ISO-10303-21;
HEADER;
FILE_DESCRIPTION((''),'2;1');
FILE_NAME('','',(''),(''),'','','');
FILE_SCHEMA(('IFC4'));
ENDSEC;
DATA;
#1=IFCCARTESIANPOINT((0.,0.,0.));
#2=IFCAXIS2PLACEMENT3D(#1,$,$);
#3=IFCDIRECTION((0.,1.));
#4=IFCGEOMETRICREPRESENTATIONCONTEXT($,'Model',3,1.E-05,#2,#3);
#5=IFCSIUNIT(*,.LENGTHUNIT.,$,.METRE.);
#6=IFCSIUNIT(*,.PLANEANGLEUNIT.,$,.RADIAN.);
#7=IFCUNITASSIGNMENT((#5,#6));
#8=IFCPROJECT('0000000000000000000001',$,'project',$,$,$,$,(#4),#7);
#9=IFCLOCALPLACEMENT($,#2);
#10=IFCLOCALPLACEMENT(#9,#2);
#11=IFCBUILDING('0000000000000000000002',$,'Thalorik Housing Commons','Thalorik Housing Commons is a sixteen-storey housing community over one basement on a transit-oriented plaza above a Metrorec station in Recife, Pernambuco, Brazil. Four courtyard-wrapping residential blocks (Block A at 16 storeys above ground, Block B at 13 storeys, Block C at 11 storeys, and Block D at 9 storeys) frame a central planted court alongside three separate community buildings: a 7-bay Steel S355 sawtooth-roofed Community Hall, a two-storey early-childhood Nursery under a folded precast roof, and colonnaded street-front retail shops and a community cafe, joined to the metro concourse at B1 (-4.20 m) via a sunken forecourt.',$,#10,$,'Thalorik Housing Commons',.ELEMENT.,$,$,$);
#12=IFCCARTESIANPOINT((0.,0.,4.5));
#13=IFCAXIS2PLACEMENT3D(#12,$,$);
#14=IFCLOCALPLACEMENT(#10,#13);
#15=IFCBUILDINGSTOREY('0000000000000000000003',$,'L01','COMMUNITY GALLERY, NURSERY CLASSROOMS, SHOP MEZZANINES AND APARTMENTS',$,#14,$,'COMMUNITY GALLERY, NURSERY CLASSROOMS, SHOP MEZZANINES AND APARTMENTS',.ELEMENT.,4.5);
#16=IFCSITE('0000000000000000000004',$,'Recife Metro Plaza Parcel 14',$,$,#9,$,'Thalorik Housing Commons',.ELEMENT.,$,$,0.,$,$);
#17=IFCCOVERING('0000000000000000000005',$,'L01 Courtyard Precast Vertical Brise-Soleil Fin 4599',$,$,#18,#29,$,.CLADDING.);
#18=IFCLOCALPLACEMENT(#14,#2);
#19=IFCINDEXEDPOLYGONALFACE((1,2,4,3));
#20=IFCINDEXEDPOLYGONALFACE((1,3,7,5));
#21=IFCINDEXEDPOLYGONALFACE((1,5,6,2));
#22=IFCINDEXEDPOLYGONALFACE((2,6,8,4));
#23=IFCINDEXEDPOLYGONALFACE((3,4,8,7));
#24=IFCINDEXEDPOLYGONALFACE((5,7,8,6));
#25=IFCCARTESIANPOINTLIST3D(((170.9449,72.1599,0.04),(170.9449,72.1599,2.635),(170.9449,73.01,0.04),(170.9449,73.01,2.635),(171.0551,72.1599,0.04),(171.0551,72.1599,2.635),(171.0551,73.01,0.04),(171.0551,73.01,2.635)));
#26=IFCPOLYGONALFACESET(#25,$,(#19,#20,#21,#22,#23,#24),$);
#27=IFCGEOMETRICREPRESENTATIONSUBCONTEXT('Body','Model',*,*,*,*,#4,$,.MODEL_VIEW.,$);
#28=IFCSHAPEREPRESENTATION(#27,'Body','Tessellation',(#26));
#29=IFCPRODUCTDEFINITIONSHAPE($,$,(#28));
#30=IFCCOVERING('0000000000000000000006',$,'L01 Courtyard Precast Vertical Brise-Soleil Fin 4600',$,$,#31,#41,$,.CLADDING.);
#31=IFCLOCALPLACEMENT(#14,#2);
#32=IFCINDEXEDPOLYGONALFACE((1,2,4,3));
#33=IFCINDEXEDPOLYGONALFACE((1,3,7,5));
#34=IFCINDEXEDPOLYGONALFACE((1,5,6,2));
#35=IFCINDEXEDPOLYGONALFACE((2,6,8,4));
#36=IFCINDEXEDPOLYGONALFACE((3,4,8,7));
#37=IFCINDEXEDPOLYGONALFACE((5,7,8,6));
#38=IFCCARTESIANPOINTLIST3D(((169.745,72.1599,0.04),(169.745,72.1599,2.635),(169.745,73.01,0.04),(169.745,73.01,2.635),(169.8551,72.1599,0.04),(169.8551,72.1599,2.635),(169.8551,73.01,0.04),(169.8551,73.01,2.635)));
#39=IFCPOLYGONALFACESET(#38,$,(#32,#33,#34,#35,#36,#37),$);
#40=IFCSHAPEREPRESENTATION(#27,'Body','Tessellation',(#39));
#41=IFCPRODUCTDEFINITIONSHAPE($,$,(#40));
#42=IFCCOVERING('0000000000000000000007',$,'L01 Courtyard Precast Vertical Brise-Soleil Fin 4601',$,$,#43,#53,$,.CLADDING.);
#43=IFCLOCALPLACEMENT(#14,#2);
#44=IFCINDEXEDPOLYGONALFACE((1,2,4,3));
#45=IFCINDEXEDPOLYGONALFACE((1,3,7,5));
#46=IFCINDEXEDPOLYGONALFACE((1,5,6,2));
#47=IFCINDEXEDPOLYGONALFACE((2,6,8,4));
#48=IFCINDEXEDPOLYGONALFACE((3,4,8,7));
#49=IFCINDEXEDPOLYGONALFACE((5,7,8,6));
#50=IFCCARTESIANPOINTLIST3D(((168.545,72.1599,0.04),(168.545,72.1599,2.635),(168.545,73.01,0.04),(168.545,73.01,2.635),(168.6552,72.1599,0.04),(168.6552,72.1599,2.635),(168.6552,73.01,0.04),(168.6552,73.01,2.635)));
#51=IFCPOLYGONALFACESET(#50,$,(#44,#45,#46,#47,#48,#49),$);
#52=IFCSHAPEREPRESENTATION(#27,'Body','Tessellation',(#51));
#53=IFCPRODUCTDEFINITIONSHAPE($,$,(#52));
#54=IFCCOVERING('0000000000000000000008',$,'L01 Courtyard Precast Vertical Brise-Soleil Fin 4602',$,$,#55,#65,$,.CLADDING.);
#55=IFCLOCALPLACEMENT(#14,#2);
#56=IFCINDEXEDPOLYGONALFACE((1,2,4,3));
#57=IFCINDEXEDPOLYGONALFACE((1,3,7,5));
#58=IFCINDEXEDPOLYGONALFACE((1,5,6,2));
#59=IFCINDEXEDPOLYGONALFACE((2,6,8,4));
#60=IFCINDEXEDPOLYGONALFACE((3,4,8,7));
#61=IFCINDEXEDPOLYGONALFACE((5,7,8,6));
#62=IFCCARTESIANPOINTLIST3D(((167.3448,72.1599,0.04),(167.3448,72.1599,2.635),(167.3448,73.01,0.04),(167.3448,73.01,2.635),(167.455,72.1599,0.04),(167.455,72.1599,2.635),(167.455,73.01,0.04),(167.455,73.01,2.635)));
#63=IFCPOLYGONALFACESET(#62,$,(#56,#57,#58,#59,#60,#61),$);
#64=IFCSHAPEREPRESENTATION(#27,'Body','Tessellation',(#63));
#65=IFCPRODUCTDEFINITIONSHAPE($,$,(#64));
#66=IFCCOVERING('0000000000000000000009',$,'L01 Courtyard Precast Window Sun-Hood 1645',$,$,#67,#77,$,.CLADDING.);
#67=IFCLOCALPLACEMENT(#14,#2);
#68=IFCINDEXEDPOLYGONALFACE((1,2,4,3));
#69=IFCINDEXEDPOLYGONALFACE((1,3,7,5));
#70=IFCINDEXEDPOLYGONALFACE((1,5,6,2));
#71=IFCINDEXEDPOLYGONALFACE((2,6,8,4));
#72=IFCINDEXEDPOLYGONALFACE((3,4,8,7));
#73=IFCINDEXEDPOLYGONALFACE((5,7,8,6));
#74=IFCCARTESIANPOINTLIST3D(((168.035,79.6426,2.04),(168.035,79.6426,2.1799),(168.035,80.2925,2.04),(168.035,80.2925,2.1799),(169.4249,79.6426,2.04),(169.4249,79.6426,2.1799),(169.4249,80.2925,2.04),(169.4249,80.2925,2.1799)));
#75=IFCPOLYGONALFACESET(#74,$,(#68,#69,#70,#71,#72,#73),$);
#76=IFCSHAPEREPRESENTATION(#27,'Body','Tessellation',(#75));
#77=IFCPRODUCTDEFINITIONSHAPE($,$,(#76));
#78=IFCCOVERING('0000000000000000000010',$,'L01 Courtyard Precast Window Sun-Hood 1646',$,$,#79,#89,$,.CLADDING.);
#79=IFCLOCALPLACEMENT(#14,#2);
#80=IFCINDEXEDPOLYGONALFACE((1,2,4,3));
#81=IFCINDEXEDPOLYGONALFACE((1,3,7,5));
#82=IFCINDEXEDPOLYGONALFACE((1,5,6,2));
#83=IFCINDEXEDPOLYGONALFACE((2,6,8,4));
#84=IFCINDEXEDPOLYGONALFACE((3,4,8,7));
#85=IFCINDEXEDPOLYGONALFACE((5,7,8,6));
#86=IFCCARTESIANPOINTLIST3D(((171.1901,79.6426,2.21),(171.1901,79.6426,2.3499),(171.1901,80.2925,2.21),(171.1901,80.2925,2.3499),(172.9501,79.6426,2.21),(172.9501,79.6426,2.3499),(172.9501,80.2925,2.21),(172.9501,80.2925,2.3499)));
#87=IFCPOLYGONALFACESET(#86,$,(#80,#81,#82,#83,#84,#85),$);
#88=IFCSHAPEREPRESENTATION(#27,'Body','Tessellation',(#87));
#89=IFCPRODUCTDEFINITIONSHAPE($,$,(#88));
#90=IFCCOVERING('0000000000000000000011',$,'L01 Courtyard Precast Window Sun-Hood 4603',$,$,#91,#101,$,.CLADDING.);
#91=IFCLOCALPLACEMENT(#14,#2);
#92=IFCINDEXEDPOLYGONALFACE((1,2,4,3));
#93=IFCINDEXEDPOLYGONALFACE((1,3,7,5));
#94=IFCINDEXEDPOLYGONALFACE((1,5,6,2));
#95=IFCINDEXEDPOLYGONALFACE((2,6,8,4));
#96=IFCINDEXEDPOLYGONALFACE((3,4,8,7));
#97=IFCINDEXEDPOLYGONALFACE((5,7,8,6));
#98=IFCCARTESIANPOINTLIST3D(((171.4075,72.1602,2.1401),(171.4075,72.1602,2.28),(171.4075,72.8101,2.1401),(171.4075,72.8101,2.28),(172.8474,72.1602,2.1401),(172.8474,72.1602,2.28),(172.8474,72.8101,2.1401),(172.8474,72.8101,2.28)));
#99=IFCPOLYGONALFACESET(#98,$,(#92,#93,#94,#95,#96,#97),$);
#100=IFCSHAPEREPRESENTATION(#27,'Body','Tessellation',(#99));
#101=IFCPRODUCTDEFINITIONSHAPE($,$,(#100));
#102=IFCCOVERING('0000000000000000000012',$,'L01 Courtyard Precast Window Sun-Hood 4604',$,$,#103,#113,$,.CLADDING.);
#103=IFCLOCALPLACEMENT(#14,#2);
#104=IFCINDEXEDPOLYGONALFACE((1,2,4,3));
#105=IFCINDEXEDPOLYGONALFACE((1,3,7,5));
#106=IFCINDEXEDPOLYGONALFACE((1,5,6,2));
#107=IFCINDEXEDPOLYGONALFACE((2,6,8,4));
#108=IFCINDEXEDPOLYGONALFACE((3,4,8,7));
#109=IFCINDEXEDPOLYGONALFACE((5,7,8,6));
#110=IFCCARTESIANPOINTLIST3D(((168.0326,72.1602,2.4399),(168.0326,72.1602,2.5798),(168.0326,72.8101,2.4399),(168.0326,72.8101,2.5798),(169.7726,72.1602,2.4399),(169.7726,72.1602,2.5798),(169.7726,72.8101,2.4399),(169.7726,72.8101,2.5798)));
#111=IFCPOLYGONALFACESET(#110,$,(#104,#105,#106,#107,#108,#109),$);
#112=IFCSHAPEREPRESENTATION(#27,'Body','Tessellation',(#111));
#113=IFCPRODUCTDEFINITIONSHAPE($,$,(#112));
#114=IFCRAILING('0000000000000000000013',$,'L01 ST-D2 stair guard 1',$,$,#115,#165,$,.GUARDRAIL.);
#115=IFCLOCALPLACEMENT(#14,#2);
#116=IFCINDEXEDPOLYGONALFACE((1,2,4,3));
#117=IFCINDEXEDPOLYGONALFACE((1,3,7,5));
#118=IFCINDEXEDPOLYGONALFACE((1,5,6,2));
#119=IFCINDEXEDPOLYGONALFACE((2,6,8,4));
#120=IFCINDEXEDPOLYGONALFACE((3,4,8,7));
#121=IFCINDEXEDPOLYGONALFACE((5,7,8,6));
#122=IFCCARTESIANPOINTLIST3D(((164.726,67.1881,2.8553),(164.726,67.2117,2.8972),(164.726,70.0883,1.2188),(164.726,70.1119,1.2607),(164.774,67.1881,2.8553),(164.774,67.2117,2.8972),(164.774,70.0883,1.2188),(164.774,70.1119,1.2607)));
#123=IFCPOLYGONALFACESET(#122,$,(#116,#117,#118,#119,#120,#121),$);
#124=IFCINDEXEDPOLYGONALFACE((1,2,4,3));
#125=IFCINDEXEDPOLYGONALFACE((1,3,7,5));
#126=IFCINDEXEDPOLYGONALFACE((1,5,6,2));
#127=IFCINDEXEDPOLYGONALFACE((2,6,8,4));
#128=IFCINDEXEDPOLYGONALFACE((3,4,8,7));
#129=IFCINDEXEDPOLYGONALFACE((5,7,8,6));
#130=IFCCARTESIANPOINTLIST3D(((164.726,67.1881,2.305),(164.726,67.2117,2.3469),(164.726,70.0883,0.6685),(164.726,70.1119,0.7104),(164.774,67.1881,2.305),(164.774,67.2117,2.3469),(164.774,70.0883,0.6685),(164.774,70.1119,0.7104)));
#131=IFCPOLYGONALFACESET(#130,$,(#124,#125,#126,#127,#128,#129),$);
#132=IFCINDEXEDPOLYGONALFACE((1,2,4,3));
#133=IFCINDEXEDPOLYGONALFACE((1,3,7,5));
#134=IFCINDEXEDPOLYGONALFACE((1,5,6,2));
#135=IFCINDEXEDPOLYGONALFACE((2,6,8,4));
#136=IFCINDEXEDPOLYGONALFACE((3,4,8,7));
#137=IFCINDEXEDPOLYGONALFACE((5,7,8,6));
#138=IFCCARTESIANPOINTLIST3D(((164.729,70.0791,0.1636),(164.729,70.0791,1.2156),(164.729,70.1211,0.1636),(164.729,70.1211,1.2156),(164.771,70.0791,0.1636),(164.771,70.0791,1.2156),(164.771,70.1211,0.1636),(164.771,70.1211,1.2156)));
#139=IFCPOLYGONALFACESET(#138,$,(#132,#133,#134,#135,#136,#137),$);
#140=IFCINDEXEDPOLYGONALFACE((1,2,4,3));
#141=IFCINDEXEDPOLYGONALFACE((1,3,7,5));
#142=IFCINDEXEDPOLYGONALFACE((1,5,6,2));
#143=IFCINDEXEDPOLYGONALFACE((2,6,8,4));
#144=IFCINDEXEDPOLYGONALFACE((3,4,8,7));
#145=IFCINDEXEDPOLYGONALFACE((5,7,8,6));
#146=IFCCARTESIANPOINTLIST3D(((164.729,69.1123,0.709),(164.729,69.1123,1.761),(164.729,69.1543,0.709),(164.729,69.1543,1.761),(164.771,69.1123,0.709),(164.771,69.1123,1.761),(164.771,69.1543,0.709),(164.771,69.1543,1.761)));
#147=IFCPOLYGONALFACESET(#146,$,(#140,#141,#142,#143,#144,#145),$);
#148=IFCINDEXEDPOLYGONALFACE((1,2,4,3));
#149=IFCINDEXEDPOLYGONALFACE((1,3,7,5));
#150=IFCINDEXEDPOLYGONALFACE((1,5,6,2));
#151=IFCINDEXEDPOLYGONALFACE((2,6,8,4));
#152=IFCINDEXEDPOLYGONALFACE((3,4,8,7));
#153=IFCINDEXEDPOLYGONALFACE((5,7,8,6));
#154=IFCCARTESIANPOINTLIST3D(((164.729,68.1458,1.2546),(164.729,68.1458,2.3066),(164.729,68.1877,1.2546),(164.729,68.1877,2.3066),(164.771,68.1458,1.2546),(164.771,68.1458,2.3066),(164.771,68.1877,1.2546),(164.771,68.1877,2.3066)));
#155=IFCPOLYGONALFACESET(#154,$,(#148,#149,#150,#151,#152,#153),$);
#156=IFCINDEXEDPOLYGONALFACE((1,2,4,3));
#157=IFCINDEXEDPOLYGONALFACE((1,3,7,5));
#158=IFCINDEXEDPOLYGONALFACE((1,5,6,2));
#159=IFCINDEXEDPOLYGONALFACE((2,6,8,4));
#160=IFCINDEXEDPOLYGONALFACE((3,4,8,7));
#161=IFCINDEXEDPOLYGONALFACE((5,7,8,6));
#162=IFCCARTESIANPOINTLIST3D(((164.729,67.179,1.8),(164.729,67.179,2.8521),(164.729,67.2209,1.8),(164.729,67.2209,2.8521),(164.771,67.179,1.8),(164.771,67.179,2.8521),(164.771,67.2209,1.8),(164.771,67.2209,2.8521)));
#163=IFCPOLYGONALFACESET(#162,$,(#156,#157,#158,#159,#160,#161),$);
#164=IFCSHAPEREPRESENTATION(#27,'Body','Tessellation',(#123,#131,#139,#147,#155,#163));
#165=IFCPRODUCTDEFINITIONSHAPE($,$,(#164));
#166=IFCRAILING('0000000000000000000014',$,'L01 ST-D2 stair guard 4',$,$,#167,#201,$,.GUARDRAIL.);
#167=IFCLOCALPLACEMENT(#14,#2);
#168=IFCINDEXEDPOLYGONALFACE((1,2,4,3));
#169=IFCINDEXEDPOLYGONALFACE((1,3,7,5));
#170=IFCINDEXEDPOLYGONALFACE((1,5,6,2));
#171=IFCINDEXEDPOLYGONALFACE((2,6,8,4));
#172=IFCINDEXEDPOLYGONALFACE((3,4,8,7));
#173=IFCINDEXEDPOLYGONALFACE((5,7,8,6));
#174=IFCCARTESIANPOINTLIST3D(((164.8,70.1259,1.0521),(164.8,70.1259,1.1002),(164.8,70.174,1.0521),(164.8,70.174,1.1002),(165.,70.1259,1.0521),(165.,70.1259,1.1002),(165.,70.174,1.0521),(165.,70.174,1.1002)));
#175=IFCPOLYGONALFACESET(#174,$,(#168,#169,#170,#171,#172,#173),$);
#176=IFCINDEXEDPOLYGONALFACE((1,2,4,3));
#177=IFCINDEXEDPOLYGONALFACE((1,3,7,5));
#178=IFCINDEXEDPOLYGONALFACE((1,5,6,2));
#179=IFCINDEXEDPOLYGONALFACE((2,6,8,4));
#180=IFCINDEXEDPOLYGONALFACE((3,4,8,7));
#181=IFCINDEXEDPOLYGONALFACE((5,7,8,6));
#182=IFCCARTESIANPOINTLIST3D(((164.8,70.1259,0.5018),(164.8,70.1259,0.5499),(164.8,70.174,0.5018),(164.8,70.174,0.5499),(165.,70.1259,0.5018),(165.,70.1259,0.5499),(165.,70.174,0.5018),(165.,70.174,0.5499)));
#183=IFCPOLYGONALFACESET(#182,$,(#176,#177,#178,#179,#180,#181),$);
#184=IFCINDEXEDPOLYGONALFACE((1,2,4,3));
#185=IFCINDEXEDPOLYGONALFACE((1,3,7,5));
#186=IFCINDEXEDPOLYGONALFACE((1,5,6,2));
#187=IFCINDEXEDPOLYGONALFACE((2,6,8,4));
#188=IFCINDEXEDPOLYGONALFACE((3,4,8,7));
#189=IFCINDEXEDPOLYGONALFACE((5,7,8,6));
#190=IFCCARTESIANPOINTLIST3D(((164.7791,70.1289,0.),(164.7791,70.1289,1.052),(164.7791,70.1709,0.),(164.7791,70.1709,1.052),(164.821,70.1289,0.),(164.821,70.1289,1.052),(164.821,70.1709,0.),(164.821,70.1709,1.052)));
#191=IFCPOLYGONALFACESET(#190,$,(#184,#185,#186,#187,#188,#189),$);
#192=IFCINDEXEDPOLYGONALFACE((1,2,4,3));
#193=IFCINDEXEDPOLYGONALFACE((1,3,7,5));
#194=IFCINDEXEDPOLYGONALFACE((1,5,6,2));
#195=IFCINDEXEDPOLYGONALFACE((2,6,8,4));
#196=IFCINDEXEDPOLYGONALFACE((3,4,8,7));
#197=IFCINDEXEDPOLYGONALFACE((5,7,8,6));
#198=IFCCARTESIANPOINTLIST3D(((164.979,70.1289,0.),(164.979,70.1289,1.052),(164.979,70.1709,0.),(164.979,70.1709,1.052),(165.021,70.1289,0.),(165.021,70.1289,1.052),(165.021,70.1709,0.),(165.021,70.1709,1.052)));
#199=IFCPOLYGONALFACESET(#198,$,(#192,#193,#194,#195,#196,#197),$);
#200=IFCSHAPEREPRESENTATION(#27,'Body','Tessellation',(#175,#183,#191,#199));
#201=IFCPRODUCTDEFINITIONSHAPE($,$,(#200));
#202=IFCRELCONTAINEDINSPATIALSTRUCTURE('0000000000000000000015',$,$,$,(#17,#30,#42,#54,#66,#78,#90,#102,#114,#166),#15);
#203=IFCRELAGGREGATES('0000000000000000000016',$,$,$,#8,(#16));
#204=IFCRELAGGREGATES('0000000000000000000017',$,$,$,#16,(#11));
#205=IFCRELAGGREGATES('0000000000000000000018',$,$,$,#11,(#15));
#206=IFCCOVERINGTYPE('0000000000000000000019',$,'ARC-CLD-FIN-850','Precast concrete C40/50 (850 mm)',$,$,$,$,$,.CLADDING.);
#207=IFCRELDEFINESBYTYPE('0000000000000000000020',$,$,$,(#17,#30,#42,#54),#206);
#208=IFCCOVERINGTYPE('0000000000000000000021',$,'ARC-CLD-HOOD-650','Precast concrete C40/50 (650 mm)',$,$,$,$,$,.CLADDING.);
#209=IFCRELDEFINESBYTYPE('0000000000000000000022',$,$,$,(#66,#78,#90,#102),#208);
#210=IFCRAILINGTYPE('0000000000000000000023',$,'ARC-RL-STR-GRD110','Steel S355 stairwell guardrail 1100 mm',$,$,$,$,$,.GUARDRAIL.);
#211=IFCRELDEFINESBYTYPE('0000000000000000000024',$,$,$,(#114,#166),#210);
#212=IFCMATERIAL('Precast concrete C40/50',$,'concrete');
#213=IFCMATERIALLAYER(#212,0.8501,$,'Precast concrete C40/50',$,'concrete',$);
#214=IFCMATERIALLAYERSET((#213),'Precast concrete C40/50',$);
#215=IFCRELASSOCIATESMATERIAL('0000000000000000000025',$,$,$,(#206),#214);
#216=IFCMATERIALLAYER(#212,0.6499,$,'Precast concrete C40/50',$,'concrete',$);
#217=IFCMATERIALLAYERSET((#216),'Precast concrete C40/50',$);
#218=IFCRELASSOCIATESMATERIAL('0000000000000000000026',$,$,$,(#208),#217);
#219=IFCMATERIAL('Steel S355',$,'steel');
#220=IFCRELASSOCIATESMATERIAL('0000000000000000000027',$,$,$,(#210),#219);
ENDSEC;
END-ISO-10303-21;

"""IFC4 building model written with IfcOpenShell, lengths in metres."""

from ifc_helpers import new_model, si_unit, direction, frame, origin, origin_2d, place, context, subcontext, project, spatial, rectangle, extrude, material, layer, layer_set, type_object, element, save


model = new_model("IFC4")

# Units and contexts
model_context = context("Model", 3, precision=1e-05, world=origin(), true_north=direction((0.0, 1.0)))
body_context = subcontext(model_context, "Body", "Model", "MODEL_VIEW")
ifc_project = project(units=[si_unit("LENGTHUNIT", "METRE"), si_unit("PLANEANGLEUNIT", "RADIAN")], contexts=[model_context])

# Site, building, storey
site_placement = place(None, origin())
site = spatial("IfcSite", under=ifc_project, at=site_placement, Name="Recife Metro Plaza Parcel 14", LongName="Thalorik Housing Commons", CompositionType="ELEMENT", RefElevation=0.0)
building_placement = place(site_placement, origin())
building = spatial("IfcBuilding", under=site, at=building_placement, Name="Thalorik Housing Commons", Description="Thalorik Housing Commons is a sixteen-storey housing community over one basement on a transit-oriented plaza above a Metrorec station in Recife, Pernambuco, Brazil. Four courtyard-wrapping residential blocks (Block A at 16 storeys above ground, Block B at 13 storeys, Block C at 11 storeys, and Block D at 9 storeys) frame a central planted court alongside three separate community buildings: a 7-bay Steel S355 sawtooth-roofed Community Hall, a two-storey early-childhood Nursery under a folded precast roof, and colonnaded street-front retail shops and a community cafe, joined to the metro concourse at B1 (-4.20 m) via a sunken forecourt.", LongName="Thalorik Housing Commons", CompositionType="ELEMENT")
storey_placement = place(building_placement, frame((0.0, 0.0, 4.5)))
storey = spatial("IfcBuildingStorey", under=building, at=storey_placement, Name="L01", Description="COMMUNITY GALLERY, NURSERY CLASSROOMS, SHOP MEZZANINES AND APARTMENTS", LongName="COMMUNITY GALLERY, NURSERY CLASSROOMS, SHOP MEZZANINES AND APARTMENTS", CompositionType="ELEMENT", Elevation=4.5)

# Shared definitions
ifc_material_1 = material(Name="Precast concrete C40/50", Category="concrete")

# Shared definitions
ifc_material_2 = material(Name="Steel S355", Category="steel")

# Coverings
ifc_layer_1 = layer(ifc_material_1, 0.8501, Name="Precast concrete C40/50", Category="concrete")
ifc_layer_set_1 = layer_set([ifc_layer_1], Name="Precast concrete C40/50")
covering_type_1 = type_object("IfcCoveringType", Name="ARC-CLD-FIN-850", Description="Precast concrete C40/50 (850 mm)", PredefinedType="CLADDING", material=ifc_layer_set_1)
for number, where, z_axis, x_axis, name in (
    (1, (171.0, 72.585, 0.04), (0.0, 0.0, 1.0), (-1.0, 0.0, 0.0), "L01 Courtyard Precast Vertical Brise-Soleil Fin 4599"),
    (2, (169.8, 72.585, 0.04), (0.0, 0.0, 1.0), (-1.0, 0.0, 0.0), "L01 Courtyard Precast Vertical Brise-Soleil Fin 4600"),
    (3, (168.6001, 72.585, 0.04), (0.0, 0.0, 1.0), (-1.0, 0.0, 0.0), "L01 Courtyard Precast Vertical Brise-Soleil Fin 4601"),
    (4, (167.3999, 72.585, 0.04), (0.0, 0.0, 1.0), (-1.0, 0.0, 0.0), "L01 Courtyard Precast Vertical Brise-Soleil Fin 4602"),
):
    element("IfcCovering", number, at=place(storey_placement, frame(where, z_axis=z_axis, x_axis=x_axis)), inside=storey, type_object=covering_type_1, Name=name, PredefinedType="CLADDING", context=body_context, shape_type="SweptSolid", body=[
        extrude(rectangle(XDim=0.1101, YDim=0.8501, at=origin_2d()), origin(), (0.0, 0.0, 1.0), 2.595),
    ])
ifc_layer_2 = layer(ifc_material_1, 0.6499, Name="Precast concrete C40/50", Category="concrete")
ifc_layer_set_2 = layer_set([ifc_layer_2], Name="Precast concrete C40/50")
covering_type_2 = type_object("IfcCoveringType", Name="ARC-CLD-HOOD-650", Description="Precast concrete C40/50 (650 mm)", PredefinedType="CLADDING", material=ifc_layer_set_2)
covering_1_placement = place(storey_placement, frame((168.73, 79.9675, 2.04), z_axis=(0.0, 0.0, 1.0), x_axis=(1.0, 0.0, 0.0)))
element("IfcCovering", 5, at=covering_1_placement, inside=storey, type_object=covering_type_2, Name="L01 Courtyard Precast Window Sun-Hood 1645", PredefinedType="CLADDING", context=body_context, shape_type="SweptSolid", body=[
    extrude(rectangle(XDim=1.3899, YDim=0.6499, at=origin_2d()), origin(), (0.0, 0.0, 1.0), 0.1399),
])
covering_2_placement = place(storey_placement, frame((172.0701, 79.9675, 2.21), z_axis=(0.0, 0.0, 1.0), x_axis=(1.0, 0.0, 0.0)))
element("IfcCovering", 6, at=covering_2_placement, inside=storey, type_object=covering_type_2, Name="L01 Courtyard Precast Window Sun-Hood 1646", PredefinedType="CLADDING", context=body_context, shape_type="SweptSolid", body=[
    extrude(rectangle(XDim=1.76, YDim=0.6499, at=origin_2d()), origin(), (0.0, 0.0, 1.0), 0.1399),
])
covering_3_placement = place(storey_placement, frame((172.1274, 72.4851, 2.1401), z_axis=(0.0, 0.0, 1.0), x_axis=(-1.0, 0.0, 0.0)))
element("IfcCovering", 7, at=covering_3_placement, inside=storey, type_object=covering_type_2, Name="L01 Courtyard Precast Window Sun-Hood 4603", PredefinedType="CLADDING", context=body_context, shape_type="SweptSolid", body=[
    extrude(rectangle(XDim=1.4399, YDim=0.6499, at=origin_2d()), origin(), (0.0, 0.0, 1.0), 0.1399),
])
covering_4_placement = place(storey_placement, frame((168.9026, 72.4851, 2.4399), z_axis=(0.0, 0.0, 1.0), x_axis=(-1.0, 0.0, 0.0)))
element("IfcCovering", 8, at=covering_4_placement, inside=storey, type_object=covering_type_2, Name="L01 Courtyard Precast Window Sun-Hood 4604", PredefinedType="CLADDING", context=body_context, shape_type="SweptSolid", body=[
    extrude(rectangle(XDim=1.74, YDim=0.6499, at=origin_2d()), origin(), (0.0, 0.0, 1.0), 0.1399),
])

# Railings
railing_type_1 = type_object("IfcRailingType", Name="ARC-RL-STR-GRD110", Description="Steel S355 stairwell guardrail 1100 mm", PredefinedType="GUARDRAIL", material=ifc_material_2)
railing_1_placement = place(storey_placement, frame((164.75, 70.1001, 0.1636)))
element("IfcRailing", 9, at=railing_1_placement, inside=storey, type_object=railing_type_1, Name="L01 ST-D2 stair guard 1", PredefinedType="GUARDRAIL", context=body_context, shape_type="SweptSolid", body=[
    extrude(rectangle(XDim=0.0481, YDim=0.0481, at=origin_2d()), frame((0.0, 0.0, 1.0762), z_axis=(0.0, -0.870915, 0.491434), x_axis=(1.0, 0.0, 0.0)), (0.0, 0.0, 1.0), 3.3301),
    extrude(rectangle(XDim=0.0481, YDim=0.0481, at=origin_2d()), frame((0.0, 0.0, 0.5259), z_axis=(0.0, -0.870915, 0.491434), x_axis=(1.0, 0.0, 0.0)), (0.0, 0.0, 1.0), 3.3301),
    extrude(rectangle(XDim=0.042, YDim=0.042, at=origin_2d()), origin(), (0.0, 0.0, 1.0), 1.052),
    extrude(rectangle(XDim=0.042, YDim=0.042, at=origin_2d()), frame((0.0, -0.9668, 0.5454)), (0.0, 0.0, 1.0), 1.052),
    extrude(rectangle(XDim=0.042, YDim=0.042, at=origin_2d()), frame((0.0, -1.9333, 1.0911)), (0.0, 0.0, 1.0), 1.052),
    extrude(rectangle(XDim=0.042, YDim=0.042, at=origin_2d()), frame((0.0, -2.9001, 1.6365)), (0.0, 0.0, 1.0), 1.052),
])
railing_2_placement = place(storey_placement, frame((164.8, 70.1499, 0.0)))
element("IfcRailing", 10, at=railing_2_placement, inside=storey, type_object=railing_type_1, Name="L01 ST-D2 stair guard 4", PredefinedType="GUARDRAIL", context=body_context, shape_type="SweptSolid", body=[
    extrude(rectangle(XDim=0.0481, YDim=0.0481, at=origin_2d()), frame((0.0, 0.0, 1.0762), z_axis=(1.0, 0.0, 0.0), x_axis=(0.0, 1.0, 0.0)), (0.0, 0.0, 1.0), 0.2),
    extrude(rectangle(XDim=0.0481, YDim=0.0481, at=origin_2d()), frame((0.0, 0.0, 0.5259), z_axis=(1.0, 0.0, 0.0), x_axis=(0.0, 1.0, 0.0)), (0.0, 0.0, 1.0), 0.2),
    extrude(rectangle(XDim=0.042, YDim=0.042, at=origin_2d()), origin(), (0.0, 0.0, 1.0), 1.052),
    extrude(rectangle(XDim=0.042, YDim=0.042, at=origin_2d()), frame((0.2, 0.0, 0.0)), (0.0, 0.0, 1.0), 1.052),
])

save(model, "model.ifc")
